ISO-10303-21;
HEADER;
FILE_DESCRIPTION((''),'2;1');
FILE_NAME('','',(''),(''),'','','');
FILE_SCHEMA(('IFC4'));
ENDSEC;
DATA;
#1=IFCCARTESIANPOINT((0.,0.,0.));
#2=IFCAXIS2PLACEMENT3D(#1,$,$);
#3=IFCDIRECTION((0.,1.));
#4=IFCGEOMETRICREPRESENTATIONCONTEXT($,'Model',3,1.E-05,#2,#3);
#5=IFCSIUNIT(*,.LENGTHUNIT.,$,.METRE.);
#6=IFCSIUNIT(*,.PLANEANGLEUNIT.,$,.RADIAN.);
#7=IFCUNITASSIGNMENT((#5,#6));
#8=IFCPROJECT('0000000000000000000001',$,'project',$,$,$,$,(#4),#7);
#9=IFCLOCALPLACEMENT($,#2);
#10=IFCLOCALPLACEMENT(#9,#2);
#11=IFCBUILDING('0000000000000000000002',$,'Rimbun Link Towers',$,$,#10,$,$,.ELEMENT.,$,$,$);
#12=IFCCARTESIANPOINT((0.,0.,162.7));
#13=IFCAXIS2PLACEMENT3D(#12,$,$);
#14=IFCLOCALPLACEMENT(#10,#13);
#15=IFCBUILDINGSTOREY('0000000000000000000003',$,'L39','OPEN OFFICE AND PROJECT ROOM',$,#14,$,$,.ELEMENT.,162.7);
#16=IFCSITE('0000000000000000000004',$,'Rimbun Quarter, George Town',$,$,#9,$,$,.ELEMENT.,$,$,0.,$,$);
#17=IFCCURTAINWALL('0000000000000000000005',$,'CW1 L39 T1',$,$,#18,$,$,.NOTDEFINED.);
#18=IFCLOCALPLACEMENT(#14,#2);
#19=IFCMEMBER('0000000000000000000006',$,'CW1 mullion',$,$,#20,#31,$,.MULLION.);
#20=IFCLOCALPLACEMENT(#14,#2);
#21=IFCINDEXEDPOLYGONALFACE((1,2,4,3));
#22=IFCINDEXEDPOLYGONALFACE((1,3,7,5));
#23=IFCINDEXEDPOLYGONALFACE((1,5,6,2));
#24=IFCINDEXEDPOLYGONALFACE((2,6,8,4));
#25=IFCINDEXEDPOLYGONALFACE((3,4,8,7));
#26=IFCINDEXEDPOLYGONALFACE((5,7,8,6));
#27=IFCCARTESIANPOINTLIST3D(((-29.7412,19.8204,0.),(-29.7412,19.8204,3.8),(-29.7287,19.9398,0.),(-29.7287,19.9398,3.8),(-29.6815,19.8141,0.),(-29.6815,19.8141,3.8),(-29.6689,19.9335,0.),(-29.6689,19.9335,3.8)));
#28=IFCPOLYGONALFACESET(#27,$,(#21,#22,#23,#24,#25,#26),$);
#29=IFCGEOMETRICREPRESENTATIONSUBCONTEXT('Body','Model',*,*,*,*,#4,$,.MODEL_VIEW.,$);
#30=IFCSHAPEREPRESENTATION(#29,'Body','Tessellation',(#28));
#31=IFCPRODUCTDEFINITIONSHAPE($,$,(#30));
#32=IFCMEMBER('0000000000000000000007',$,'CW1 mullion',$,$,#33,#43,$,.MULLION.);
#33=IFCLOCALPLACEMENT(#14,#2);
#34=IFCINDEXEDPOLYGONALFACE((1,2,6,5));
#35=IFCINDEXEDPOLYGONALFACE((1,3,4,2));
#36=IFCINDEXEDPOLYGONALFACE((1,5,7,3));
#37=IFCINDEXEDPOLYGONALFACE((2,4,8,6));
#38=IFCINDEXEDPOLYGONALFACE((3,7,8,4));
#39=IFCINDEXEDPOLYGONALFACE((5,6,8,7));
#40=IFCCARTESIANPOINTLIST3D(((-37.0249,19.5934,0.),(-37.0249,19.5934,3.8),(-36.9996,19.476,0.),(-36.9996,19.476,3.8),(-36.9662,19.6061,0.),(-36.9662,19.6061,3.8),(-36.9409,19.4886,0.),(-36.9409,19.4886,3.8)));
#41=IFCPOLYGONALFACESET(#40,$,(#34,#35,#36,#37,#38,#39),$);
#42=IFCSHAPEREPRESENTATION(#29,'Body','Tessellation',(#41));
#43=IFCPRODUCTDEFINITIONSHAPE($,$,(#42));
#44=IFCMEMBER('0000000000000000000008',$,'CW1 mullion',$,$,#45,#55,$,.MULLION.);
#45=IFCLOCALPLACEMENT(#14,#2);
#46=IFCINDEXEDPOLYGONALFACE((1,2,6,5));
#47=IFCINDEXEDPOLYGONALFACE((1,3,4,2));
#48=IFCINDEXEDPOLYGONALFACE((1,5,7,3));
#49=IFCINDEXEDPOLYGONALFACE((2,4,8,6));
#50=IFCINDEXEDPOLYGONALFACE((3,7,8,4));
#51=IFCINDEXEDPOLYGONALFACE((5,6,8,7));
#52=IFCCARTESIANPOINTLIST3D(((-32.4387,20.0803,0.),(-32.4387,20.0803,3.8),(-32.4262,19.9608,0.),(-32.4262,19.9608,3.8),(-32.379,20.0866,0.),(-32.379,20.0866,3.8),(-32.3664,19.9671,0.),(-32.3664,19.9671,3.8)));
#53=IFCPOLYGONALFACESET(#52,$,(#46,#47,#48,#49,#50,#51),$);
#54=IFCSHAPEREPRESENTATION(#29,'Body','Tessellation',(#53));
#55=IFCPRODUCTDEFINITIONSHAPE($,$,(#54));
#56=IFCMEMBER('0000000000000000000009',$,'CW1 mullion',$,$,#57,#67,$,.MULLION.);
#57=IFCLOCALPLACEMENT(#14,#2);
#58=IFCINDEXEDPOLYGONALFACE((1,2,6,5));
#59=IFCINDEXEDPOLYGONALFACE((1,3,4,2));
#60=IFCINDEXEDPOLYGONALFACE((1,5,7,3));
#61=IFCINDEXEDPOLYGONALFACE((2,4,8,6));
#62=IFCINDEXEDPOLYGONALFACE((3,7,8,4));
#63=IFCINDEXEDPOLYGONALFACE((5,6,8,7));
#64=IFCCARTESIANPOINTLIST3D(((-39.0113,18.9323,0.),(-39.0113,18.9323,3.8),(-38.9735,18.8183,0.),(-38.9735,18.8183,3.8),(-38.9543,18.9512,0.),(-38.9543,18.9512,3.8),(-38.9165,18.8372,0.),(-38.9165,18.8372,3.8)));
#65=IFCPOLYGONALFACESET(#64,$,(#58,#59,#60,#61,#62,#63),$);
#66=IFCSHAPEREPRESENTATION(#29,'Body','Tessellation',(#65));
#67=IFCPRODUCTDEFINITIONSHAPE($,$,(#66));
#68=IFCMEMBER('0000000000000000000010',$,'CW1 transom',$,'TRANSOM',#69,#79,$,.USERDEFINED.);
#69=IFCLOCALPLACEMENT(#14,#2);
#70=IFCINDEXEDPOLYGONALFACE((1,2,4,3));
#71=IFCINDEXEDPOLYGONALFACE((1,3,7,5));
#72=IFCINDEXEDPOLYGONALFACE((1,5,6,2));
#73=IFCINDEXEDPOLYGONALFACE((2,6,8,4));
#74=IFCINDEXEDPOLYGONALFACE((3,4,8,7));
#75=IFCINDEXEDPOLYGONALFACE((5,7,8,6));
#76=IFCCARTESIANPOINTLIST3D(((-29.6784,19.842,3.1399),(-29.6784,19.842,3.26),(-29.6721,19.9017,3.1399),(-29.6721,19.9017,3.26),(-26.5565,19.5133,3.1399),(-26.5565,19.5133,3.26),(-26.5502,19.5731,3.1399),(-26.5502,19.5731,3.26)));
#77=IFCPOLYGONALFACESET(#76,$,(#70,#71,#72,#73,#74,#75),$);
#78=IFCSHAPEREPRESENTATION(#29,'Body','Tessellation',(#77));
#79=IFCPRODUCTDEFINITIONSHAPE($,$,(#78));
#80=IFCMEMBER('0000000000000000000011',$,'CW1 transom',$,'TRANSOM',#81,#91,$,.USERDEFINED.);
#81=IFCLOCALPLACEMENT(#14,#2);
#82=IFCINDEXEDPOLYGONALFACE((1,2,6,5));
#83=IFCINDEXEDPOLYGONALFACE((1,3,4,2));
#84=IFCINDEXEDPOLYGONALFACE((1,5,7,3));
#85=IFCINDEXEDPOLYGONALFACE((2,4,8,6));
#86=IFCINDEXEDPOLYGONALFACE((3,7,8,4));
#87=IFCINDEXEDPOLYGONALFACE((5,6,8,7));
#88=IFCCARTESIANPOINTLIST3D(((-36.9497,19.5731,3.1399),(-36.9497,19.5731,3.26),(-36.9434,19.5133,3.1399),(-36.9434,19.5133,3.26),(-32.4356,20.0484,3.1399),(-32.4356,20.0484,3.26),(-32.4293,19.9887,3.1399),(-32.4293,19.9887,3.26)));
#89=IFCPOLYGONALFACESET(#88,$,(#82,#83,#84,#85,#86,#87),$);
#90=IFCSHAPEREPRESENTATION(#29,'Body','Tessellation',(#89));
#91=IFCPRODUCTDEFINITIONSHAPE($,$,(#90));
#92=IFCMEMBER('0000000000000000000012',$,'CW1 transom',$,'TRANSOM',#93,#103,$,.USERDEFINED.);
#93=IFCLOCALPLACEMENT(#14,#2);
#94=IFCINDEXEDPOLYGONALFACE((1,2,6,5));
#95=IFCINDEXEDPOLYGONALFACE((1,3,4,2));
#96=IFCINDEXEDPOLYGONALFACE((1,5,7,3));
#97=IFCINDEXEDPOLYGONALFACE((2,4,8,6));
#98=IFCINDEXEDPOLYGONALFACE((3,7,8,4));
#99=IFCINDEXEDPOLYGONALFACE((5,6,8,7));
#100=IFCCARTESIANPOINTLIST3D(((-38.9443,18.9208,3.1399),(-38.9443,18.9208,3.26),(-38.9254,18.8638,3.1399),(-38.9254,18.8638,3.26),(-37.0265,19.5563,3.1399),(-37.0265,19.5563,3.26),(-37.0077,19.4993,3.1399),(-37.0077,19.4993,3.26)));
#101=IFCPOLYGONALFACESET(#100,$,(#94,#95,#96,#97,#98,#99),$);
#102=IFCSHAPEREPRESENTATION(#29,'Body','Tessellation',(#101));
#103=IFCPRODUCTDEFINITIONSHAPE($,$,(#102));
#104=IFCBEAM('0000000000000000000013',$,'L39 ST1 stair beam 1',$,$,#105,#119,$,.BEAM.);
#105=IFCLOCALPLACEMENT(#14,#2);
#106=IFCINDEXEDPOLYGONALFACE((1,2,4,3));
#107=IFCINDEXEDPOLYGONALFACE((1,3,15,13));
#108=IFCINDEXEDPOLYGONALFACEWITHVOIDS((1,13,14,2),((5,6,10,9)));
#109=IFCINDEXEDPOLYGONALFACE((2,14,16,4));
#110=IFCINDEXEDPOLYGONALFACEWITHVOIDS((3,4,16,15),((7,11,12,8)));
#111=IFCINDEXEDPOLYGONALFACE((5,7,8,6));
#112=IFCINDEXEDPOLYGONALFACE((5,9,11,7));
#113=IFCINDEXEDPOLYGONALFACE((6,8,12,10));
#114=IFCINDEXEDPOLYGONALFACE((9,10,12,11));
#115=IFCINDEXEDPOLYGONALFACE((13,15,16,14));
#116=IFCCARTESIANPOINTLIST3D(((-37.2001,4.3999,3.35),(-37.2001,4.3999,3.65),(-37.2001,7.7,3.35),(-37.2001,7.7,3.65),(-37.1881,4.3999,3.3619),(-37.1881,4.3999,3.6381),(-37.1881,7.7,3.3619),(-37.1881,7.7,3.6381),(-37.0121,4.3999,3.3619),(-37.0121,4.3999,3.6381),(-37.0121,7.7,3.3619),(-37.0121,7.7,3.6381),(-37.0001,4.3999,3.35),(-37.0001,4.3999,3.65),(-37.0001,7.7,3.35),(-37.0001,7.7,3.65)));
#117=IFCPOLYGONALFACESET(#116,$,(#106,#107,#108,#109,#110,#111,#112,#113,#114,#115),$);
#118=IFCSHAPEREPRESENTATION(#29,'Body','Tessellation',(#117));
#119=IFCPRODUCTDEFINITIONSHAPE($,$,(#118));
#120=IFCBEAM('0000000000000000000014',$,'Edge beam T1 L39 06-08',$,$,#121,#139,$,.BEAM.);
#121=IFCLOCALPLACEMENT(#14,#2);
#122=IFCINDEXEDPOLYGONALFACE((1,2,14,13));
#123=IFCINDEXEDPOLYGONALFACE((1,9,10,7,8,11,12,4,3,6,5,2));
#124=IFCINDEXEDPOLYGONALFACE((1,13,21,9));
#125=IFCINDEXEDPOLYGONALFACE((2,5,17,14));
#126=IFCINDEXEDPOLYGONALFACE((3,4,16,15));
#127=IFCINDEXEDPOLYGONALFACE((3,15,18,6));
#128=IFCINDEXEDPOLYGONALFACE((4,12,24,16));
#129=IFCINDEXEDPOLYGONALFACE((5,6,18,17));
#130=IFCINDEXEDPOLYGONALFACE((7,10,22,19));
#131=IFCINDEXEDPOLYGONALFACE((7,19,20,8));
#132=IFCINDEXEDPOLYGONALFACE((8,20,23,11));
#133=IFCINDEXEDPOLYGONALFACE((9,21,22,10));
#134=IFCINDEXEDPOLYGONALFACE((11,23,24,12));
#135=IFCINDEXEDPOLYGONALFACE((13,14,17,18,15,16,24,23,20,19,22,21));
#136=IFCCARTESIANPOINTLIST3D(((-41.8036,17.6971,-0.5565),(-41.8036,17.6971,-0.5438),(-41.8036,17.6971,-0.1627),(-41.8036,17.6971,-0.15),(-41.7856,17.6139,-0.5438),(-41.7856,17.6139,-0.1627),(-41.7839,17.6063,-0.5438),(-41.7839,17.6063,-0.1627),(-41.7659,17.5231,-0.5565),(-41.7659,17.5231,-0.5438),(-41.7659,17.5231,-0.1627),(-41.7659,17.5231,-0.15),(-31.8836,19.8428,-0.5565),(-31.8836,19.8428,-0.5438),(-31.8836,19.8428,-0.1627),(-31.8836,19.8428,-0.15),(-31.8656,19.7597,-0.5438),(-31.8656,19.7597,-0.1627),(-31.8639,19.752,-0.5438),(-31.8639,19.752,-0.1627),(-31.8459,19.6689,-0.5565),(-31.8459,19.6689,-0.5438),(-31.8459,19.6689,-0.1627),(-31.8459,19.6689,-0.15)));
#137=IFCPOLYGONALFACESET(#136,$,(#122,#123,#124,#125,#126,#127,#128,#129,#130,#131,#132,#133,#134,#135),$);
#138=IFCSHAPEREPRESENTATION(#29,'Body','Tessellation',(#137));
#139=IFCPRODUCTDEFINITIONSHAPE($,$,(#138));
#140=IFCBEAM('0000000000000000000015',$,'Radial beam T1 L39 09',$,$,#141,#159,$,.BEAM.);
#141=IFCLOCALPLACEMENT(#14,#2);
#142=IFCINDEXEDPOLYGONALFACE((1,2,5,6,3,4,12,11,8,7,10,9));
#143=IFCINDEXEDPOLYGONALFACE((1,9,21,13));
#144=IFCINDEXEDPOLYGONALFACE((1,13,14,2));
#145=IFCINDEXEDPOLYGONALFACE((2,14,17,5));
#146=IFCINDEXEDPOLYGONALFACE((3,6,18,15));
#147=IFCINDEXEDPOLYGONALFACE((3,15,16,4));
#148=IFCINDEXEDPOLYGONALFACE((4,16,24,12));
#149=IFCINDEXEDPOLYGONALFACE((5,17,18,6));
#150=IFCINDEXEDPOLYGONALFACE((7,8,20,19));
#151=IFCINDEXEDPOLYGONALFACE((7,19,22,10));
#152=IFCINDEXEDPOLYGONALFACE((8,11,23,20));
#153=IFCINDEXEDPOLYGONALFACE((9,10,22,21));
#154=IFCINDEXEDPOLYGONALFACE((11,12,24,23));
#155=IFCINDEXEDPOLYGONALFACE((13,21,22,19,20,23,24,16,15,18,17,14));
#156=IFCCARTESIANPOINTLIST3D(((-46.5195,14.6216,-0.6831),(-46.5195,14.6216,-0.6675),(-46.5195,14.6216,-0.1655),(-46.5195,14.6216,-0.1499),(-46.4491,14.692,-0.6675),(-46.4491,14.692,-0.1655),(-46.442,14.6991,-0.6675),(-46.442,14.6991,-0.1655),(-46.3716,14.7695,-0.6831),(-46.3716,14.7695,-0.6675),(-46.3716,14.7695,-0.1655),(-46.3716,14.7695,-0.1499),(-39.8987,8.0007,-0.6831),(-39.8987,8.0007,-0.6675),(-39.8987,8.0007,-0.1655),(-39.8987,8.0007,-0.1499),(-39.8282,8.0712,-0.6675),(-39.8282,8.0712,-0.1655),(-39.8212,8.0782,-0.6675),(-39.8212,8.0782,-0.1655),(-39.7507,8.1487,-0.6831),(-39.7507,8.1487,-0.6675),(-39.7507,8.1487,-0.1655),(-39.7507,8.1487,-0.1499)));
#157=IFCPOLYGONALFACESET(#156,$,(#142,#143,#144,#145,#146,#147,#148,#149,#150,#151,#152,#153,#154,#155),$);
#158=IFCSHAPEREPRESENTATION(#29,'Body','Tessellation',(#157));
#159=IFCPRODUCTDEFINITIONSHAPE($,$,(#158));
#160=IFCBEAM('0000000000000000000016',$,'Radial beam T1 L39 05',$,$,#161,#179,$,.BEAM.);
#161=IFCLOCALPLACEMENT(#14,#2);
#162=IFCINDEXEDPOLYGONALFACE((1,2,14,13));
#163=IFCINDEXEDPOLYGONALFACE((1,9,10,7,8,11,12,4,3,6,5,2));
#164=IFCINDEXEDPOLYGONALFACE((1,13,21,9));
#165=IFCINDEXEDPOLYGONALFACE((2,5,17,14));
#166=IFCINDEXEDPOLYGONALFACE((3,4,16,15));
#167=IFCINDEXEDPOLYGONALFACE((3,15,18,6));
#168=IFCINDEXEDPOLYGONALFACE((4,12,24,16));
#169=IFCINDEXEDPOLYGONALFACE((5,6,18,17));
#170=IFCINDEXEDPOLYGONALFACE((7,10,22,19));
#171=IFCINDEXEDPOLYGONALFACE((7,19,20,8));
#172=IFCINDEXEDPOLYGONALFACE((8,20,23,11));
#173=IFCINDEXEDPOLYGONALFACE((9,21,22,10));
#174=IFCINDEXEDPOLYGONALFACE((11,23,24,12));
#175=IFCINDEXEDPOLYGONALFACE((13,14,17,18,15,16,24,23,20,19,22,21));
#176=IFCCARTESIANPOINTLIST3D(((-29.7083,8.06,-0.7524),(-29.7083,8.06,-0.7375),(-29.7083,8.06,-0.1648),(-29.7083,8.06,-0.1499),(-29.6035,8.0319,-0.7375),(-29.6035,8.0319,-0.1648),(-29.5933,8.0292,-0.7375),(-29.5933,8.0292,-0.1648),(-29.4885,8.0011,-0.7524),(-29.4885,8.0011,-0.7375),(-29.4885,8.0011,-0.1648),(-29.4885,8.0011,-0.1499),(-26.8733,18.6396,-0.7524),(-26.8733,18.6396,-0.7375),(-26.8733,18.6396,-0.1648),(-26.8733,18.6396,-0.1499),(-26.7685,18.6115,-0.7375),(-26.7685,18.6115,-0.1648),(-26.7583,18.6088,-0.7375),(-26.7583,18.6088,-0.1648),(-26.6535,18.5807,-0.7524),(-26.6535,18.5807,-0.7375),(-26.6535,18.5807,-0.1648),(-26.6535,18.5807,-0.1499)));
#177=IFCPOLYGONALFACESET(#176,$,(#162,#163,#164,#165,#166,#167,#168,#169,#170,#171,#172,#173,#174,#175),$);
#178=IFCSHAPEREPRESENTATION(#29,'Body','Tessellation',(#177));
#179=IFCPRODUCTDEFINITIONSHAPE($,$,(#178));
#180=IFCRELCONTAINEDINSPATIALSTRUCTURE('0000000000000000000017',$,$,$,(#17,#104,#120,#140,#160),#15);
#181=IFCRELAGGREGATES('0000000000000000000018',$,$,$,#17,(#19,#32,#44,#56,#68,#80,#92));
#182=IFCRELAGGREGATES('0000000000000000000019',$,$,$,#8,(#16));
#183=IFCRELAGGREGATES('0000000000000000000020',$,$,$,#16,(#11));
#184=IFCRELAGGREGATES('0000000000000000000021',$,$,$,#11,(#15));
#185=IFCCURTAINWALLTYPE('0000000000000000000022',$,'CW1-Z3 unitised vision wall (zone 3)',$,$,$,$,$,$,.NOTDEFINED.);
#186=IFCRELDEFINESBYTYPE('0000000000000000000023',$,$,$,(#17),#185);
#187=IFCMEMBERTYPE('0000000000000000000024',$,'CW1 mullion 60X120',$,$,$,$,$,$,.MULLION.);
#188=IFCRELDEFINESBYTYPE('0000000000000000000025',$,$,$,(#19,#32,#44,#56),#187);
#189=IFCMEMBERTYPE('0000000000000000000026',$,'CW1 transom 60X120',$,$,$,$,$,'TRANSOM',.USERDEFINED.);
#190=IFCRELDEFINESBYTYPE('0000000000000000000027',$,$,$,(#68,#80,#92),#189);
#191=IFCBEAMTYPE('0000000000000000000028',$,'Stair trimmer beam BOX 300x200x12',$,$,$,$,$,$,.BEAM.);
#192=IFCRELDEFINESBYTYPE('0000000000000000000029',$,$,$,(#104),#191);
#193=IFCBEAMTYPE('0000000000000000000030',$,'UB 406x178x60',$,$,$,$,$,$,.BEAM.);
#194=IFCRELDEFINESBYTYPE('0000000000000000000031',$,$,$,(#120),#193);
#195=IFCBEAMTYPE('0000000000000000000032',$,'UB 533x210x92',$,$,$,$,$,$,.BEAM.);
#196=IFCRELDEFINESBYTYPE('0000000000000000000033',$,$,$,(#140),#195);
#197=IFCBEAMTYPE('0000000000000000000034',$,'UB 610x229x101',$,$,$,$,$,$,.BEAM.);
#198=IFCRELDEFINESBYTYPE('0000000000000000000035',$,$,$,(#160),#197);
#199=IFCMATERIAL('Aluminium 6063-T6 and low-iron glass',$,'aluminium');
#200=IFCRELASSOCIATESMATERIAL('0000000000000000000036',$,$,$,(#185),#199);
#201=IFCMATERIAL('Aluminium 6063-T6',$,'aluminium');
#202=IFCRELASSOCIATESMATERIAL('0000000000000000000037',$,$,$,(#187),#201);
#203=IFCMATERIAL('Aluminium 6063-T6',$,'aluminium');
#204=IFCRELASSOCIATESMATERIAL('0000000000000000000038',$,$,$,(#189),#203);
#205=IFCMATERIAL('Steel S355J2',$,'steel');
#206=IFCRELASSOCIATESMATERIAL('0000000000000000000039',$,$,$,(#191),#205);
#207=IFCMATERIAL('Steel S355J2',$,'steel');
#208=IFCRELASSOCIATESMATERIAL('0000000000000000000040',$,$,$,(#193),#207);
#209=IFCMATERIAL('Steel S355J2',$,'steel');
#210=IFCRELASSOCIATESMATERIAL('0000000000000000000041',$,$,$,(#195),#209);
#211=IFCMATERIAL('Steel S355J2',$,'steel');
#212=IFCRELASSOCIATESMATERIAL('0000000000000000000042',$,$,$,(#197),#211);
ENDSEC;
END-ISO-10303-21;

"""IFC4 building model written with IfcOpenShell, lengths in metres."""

from ifc_helpers import new_model, si_unit, direction, frame, origin, origin_2d, place, context, subcontext, project, spatial, rectangle, hollow_rectangle, i_section, extrude, material, material_profile, profile_set, type_object, element, aggregate, save


model = new_model("IFC4")

# Units and contexts
model_context = context("Model", 3, precision=1e-05, world=origin(), true_north=direction((0.0, 1.0)))
body_context = subcontext(model_context, "Body", "Model", "MODEL_VIEW")
ifc_project = project(units=[si_unit("LENGTHUNIT", "METRE"), si_unit("PLANEANGLEUNIT", "RADIAN")], contexts=[model_context])

# Site, building, storey
site_placement = place(None, origin())
site = spatial("IfcSite", under=ifc_project, at=site_placement, Name="Rimbun Quarter, George Town", CompositionType="ELEMENT", RefElevation=0.0)
building_placement = place(site_placement, origin())
building = spatial("IfcBuilding", under=site, at=building_placement, Name="Rimbun Link Towers", CompositionType="ELEMENT")
storey_placement = place(building_placement, frame((0.0, 0.0, 162.7)))
storey = spatial("IfcBuildingStorey", under=building, at=storey_placement, Name="L39", Description="OPEN OFFICE AND PROJECT ROOM", CompositionType="ELEMENT", Elevation=162.7)

# Curtain wall, members
ifc_material_1 = material(Name="Aluminium 6063-T6 and low-iron glass", Category="aluminium")
curtain_wall_type = type_object("IfcCurtainWallType", Name="CW1-Z3 unitised vision wall (zone 3)", PredefinedType="NOTDEFINED", material=ifc_material_1)
curtain_wall_placement = place(storey_placement, origin())
curtain_wall = element("IfcCurtainWall", 1, at=curtain_wall_placement, inside=storey, type_object=curtain_wall_type, Name="CW1 L39 T1", PredefinedType="NOTDEFINED")
ifc_material_2 = material(Name="Aluminium 6063-T6", Category="aluminium")
ifc_material_profile_1 = material_profile(ifc_material_2, rectangle(XDim=0.1201, YDim=0.0601, at=origin_2d()), Name="MULLION 60X120")
ifc_profile_set_1 = profile_set([ifc_material_profile_1], Name="Aluminium 6063-T6")
member_type_1 = type_object("IfcMemberType", Name="CW1 mullion 60X120", PredefinedType="MULLION", material=ifc_profile_set_1)
member_1_placement = place(storey_placement, frame((-29.7051, 19.877, 0.0), z_axis=(0.0, 0.0, 1.0), x_axis=(0.10474, 0.9945, 0.0)))
member_1 = element("IfcMember", 2, at=member_1_placement, type_object=member_type_1, Name="CW1 mullion", PredefinedType="MULLION", context=body_context, shape_type="SweptSolid", body=[
    extrude(rectangle(XDim=0.1201, YDim=0.0601, at=origin_2d()), origin(), (0.0, 0.0, 1.0), 3.8),
])
member_2_placement = place(storey_placement, frame((-36.9829, 19.541, 0.0), z_axis=(0.0, 0.0, 1.0), x_axis=(-0.210866, 0.977515, 0.0)))
member_2 = element("IfcMember", 3, at=member_2_placement, type_object=member_type_1, Name="CW1 mullion", PredefinedType="MULLION", context=body_context, shape_type="SweptSolid", body=[
    extrude(rectangle(XDim=0.1201, YDim=0.0601, at=origin_2d()), origin(), (0.0, 0.0, 1.0), 3.8),
])
member_3_placement = place(storey_placement, frame((-32.4026, 20.0237, 0.0), z_axis=(0.0, 0.0, 1.0), x_axis=(-0.10474, 0.9945, 0.0)))
member_3 = element("IfcMember", 4, at=member_3_placement, type_object=member_type_1, Name="CW1 mullion", PredefinedType="MULLION", context=body_context, shape_type="SweptSolid", body=[
    extrude(rectangle(XDim=0.1201, YDim=0.0601, at=origin_2d()), origin(), (0.0, 0.0, 1.0), 3.8),
])
member_4_placement = place(storey_placement, frame((-38.9639, 18.8848, 0.0), z_axis=(0.0, 0.0, 1.0), x_axis=(-0.314556, 0.949239, 0.0)))
member_4 = element("IfcMember", 5, at=member_4_placement, type_object=member_type_1, Name="CW1 mullion", PredefinedType="MULLION", context=body_context, shape_type="SweptSolid", body=[
    extrude(rectangle(XDim=0.1201, YDim=0.0601, at=origin_2d()), origin(), (0.0, 0.0, 1.0), 3.8),
])
ifc_material_3 = material(Name="Aluminium 6063-T6", Category="aluminium")
ifc_material_profile_2 = material_profile(ifc_material_3, rectangle(XDim=0.0601, YDim=0.1201, at=origin_2d()), Name="TRANSOM 60X120")
ifc_profile_set_2 = profile_set([ifc_material_profile_2], Name="Aluminium 6063-T6")
member_type_2 = type_object("IfcMemberType", Name="CW1 transom 60X120", ElementType="TRANSOM", PredefinedType="USERDEFINED", material=ifc_profile_set_2)
member_5_placement = place(storey_placement, frame((-29.6753, 19.8718, 3.2), z_axis=(0.994505, -0.104685, 0.0), x_axis=(0.104685, 0.994505, 0.0)))
member_5 = element("IfcMember", 6, at=member_5_placement, type_object=member_type_2, Name="CW1 transom", ObjectType="TRANSOM", PredefinedType="USERDEFINED", context=body_context, shape_type="SweptSolid", body=[
    extrude(rectangle(XDim=0.0601, YDim=0.1201, at=origin_2d()), origin(), (0.0, 0.0, 1.0), 3.1392),
])
member_6_placement = place(storey_placement, frame((-36.9465, 19.5432, 3.2), z_axis=(0.994502, 0.104721, 0.0), x_axis=(-0.104721, 0.994502, 0.0)))
member_6 = element("IfcMember", 7, at=member_6_placement, type_object=member_type_2, Name="CW1 transom", ObjectType="TRANSOM", PredefinedType="USERDEFINED", context=body_context, shape_type="SweptSolid", body=[
    extrude(rectangle(XDim=0.0601, YDim=0.1201, at=origin_2d()), origin(), (0.0, 0.0, 1.0), 4.5391),
])
member_7_placement = place(storey_placement, frame((-38.9348, 18.8923, 3.2), z_axis=(0.949238, 0.31456, 0.0), x_axis=(-0.31456, 0.949238, 0.0)))
member_7 = element("IfcMember", 8, at=member_7_placement, type_object=member_type_2, Name="CW1 transom", ObjectType="TRANSOM", PredefinedType="USERDEFINED", context=body_context, shape_type="SweptSolid", body=[
    extrude(rectangle(XDim=0.0601, YDim=0.1201, at=origin_2d()), origin(), (0.0, 0.0, 1.0), 2.0203),
])

# Beams
ifc_material_4 = material(Name="Steel S355J2", Category="steel")
ifc_material_profile_3 = material_profile(ifc_material_4, hollow_rectangle(XDim=0.2, YDim=0.3, WallThickness=0.012, at=origin_2d()), Name="BOX 300x200x12")
ifc_profile_set_3 = profile_set([ifc_material_profile_3], Name="Steel S355J2")
beam_type_1 = type_object("IfcBeamType", Name="Stair trimmer beam BOX 300x200x12", PredefinedType="BEAM", material=ifc_profile_set_3)
beam_1_placement = place(storey_placement, frame((-37.1001, 7.7, 3.5), z_axis=(0.0, -1.0, 0.0), x_axis=(1.0, 0.0, 0.0)))
element("IfcBeam", 9, at=beam_1_placement, inside=storey, type_object=beam_type_1, Name="L39 ST1 stair beam 1", PredefinedType="BEAM", context=body_context, shape_type="SweptSolid", body=[
    extrude(hollow_rectangle(XDim=0.2, YDim=0.3, WallThickness=0.012, at=origin_2d()), origin(), (0.0, 0.0, 1.0), 3.3),
])
ifc_material_5 = material(Name="Steel S355J2", Category="steel")
ifc_material_profile_4 = material_profile(ifc_material_5, i_section(OverallWidth=0.178, OverallDepth=0.4065, WebThickness=0.0078, FlangeThickness=0.0127, at=origin_2d()), Name="UB 406x178x60")
ifc_profile_set_4 = profile_set([ifc_material_profile_4], Name="Steel S355J2")
beam_type_2 = type_object("IfcBeamType", Name="UB 406x178x60", PredefinedType="BEAM", material=ifc_profile_set_4)
beam_2_placement = place(storey_placement, frame((-31.8647, 19.7559, -0.3533), z_axis=(-0.977396, -0.211418, 0.0), x_axis=(0.211418, -0.977396, 0.0)))
element("IfcBeam", 10, at=beam_2_placement, inside=storey, type_object=beam_type_2, Name="Edge beam T1 L39 06-08", PredefinedType="BEAM", context=body_context, shape_type="SweptSolid", body=[
    extrude(i_section(OverallWidth=0.178, OverallDepth=0.4065, WebThickness=0.0078, FlangeThickness=0.0127, at=origin_2d()), origin(), (0.0, 0.0, 1.0), 10.1494),
])
ifc_material_6 = material(Name="Steel S355J2", Category="steel")
ifc_material_profile_5 = material_profile(ifc_material_6, i_section(OverallWidth=0.2092, OverallDepth=0.5332, WebThickness=0.01, FlangeThickness=0.0156, at=origin_2d()), Name="UB 533x210x92")
ifc_profile_set_5 = profile_set([ifc_material_profile_5], Name="Steel S355J2")
beam_type_3 = type_object("IfcBeamType", Name="UB 533x210x92", PredefinedType="BEAM", material=ifc_profile_set_5)
beam_3_placement = place(storey_placement, frame((-39.8247, 8.0747, -0.4165), z_axis=(-0.707107, 0.707107, 0.0), x_axis=(-0.707107, -0.707107, 0.0)))
element("IfcBeam", 11, at=beam_3_placement, inside=storey, type_object=beam_type_3, Name="Radial beam T1 L39 09", PredefinedType="BEAM", context=body_context, shape_type="SweptSolid", body=[
    extrude(i_section(OverallWidth=0.2092, OverallDepth=0.5332, WebThickness=0.01, FlangeThickness=0.0156, at=origin_2d()), origin(), (0.0, 0.0, 1.0), 9.3633),
])
ifc_material_7 = material(Name="Steel S355J2", Category="steel")
ifc_material_profile_6 = material_profile(ifc_material_7, i_section(OverallWidth=0.2275, OverallDepth=0.6025, WebThickness=0.0105, FlangeThickness=0.0149, at=origin_2d()), Name="UB 610x229x101")
ifc_profile_set_6 = profile_set([ifc_material_profile_6], Name="Steel S355J2")
beam_type_4 = type_object("IfcBeamType", Name="UB 610x229x101", PredefinedType="BEAM", material=ifc_profile_set_6)
beam_4_placement = place(storey_placement, frame((-29.5984, 8.0305, -0.4512), z_axis=(0.258833, 0.965922, 0.0), x_axis=(-0.965922, 0.258833, 0.0)))
element("IfcBeam", 12, at=beam_4_placement, inside=storey, type_object=beam_type_4, Name="Radial beam T1 L39 05", PredefinedType="BEAM", context=body_context, shape_type="SweptSolid", body=[
    extrude(i_section(OverallWidth=0.2275, OverallDepth=0.6025, WebThickness=0.0105, FlangeThickness=0.0149, at=origin_2d()), origin(), (0.0, 0.0, 1.0), 10.9529),
])

aggregate(curtain_wall, [member_1, member_2, member_3, member_4, member_5, member_6, member_7])

save(model, "model.ifc")
